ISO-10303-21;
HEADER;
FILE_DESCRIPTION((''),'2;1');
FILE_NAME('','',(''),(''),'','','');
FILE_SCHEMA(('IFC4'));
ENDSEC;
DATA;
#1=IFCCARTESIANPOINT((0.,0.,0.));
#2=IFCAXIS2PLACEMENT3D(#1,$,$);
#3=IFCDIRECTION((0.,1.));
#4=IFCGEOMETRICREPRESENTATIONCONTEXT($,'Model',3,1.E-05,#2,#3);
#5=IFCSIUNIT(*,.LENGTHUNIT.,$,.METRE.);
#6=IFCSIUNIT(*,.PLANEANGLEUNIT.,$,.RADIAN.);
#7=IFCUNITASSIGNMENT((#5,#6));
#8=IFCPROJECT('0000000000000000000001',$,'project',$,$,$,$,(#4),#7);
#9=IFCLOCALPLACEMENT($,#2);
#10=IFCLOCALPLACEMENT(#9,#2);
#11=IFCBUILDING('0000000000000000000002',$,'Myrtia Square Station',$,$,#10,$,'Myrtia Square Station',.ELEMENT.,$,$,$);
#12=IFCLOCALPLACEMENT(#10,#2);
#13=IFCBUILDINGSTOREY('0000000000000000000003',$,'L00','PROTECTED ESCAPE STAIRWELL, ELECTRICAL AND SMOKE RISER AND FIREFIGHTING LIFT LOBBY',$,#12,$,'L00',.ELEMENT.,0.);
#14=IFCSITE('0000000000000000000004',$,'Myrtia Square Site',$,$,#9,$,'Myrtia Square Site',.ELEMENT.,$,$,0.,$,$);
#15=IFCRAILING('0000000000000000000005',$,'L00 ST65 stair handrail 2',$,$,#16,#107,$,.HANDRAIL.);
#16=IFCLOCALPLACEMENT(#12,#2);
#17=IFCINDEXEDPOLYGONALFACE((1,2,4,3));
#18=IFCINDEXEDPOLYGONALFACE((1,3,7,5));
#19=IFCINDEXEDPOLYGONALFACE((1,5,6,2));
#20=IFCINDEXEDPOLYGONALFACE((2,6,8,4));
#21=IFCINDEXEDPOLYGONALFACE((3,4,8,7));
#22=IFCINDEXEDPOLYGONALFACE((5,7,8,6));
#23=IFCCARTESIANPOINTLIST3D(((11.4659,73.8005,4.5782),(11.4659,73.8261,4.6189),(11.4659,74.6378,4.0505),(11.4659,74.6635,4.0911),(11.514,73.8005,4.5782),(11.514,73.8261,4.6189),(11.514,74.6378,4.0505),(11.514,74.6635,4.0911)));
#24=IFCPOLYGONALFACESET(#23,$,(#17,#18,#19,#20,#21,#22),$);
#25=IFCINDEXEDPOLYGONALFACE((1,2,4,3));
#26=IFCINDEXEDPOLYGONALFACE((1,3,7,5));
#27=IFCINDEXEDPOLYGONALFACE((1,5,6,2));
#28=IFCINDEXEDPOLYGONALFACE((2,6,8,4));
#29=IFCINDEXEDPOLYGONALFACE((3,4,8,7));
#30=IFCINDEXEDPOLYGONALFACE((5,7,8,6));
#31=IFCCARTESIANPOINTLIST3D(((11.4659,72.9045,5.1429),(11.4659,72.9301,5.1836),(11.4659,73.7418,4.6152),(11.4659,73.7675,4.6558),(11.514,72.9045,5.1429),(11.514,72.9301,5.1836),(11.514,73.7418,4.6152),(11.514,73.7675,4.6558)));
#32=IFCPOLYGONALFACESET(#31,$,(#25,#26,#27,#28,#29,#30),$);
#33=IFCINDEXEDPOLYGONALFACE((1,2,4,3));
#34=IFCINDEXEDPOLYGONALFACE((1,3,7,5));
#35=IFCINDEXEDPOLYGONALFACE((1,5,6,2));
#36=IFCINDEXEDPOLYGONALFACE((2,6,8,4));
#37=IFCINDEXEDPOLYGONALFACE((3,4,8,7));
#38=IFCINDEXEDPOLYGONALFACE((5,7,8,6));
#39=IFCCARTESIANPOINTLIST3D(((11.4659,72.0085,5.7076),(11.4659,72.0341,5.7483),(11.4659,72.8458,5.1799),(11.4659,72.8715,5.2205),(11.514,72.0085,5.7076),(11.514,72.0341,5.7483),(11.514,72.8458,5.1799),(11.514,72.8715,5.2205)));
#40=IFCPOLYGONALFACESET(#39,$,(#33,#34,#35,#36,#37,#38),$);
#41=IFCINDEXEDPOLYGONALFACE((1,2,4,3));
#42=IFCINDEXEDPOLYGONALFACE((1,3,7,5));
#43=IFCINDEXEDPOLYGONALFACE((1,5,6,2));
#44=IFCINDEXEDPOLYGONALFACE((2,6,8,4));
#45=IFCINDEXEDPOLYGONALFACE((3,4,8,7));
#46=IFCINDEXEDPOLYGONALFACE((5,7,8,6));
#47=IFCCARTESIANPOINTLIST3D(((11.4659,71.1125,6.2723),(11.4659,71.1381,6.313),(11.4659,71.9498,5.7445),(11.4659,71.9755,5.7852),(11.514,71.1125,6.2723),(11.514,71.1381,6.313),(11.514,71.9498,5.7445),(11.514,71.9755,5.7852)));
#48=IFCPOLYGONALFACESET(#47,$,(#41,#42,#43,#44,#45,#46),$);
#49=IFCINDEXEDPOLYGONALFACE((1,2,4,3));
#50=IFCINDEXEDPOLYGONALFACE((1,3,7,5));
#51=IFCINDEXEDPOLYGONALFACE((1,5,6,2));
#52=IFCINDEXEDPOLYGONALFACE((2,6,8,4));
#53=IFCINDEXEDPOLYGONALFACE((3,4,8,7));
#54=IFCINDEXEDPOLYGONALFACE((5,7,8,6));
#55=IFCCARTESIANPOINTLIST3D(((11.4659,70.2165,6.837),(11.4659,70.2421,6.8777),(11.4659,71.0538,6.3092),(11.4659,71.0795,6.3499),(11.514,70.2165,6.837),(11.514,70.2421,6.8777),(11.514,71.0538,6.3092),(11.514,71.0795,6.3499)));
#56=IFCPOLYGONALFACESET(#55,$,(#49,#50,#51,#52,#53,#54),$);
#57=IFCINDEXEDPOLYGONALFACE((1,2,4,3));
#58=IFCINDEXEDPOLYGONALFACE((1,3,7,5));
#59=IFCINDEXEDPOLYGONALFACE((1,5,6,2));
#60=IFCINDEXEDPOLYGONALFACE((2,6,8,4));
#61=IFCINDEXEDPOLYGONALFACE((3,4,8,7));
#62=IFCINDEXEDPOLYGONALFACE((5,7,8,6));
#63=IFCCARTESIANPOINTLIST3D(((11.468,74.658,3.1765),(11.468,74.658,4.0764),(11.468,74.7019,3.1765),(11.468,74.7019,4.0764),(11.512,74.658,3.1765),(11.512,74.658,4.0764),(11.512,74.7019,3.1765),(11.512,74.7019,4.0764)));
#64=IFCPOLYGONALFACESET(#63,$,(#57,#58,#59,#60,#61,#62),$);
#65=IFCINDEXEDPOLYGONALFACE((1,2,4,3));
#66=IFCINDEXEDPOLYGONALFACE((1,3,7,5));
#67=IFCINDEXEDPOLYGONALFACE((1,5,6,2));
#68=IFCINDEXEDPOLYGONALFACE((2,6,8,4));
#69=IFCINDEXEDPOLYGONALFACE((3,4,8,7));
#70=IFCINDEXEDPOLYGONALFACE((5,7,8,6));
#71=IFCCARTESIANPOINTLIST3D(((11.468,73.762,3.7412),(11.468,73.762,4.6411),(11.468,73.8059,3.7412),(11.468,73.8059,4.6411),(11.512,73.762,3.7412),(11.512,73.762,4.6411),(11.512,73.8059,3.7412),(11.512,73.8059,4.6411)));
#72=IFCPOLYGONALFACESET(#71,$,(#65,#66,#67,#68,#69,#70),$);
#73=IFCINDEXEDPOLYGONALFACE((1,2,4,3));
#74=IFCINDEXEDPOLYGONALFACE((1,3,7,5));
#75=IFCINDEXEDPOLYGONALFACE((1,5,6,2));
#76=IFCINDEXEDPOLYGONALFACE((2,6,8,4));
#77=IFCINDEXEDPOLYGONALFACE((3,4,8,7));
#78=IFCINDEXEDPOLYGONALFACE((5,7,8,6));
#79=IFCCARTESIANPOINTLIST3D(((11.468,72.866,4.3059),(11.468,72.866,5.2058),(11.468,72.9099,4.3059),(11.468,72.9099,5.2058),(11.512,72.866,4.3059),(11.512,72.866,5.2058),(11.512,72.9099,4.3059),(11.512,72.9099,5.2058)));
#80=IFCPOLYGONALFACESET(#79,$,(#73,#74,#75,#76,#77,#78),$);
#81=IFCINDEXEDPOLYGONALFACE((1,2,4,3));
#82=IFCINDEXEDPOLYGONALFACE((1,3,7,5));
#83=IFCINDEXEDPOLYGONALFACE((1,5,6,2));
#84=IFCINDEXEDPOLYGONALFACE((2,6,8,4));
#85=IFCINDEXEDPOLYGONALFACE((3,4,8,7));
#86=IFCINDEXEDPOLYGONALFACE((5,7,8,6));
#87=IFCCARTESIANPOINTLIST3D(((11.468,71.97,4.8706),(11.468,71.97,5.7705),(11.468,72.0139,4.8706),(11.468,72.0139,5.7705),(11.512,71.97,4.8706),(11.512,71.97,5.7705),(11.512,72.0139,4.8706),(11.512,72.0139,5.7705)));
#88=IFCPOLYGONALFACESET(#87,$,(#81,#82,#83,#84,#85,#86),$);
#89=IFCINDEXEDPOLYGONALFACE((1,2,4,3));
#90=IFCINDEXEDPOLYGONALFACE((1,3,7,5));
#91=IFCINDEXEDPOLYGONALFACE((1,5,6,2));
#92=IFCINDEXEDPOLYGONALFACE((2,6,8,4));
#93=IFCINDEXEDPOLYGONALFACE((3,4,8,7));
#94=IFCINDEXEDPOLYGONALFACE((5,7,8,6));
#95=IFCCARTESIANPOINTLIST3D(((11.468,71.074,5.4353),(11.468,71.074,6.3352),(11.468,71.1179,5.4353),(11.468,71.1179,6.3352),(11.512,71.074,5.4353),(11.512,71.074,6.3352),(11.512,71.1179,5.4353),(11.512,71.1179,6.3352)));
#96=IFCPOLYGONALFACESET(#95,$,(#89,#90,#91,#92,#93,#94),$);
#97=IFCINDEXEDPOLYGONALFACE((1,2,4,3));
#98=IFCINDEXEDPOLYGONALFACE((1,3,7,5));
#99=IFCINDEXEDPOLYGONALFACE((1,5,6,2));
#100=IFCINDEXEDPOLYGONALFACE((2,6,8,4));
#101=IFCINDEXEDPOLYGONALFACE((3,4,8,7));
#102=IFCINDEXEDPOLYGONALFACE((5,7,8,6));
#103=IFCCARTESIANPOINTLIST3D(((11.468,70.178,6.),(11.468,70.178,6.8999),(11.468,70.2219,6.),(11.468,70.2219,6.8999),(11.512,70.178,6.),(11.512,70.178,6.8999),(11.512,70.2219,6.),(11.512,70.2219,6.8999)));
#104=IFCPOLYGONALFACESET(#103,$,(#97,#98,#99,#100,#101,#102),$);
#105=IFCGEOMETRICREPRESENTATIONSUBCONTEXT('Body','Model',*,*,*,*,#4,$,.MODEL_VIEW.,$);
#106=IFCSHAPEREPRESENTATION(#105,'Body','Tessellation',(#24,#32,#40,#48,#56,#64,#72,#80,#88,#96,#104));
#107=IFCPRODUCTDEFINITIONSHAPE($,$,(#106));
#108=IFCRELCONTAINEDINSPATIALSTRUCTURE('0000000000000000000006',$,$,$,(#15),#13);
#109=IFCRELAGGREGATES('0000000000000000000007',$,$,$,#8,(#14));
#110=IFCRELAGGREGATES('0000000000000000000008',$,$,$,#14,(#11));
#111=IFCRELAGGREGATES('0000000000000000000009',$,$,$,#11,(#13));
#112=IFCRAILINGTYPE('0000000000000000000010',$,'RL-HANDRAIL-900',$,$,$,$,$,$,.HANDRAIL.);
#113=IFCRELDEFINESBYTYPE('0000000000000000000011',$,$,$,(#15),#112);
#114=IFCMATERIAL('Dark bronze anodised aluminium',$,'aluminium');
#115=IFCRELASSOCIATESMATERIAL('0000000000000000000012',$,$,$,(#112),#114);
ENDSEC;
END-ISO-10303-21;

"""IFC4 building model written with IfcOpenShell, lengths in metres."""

from ifc_helpers import new_model, si_unit, direction, frame, origin, origin_2d, place, context, subcontext, project, spatial, rectangle, extrude, material, type_object, element, save


model = new_model("IFC4")

# Units and contexts
model_context = context("Model", 3, precision=1e-05, world=origin(), true_north=direction((0.0, 1.0)))
body_context = subcontext(model_context, "Body", "Model", "MODEL_VIEW")
ifc_project = project(units=[si_unit("LENGTHUNIT", "METRE"), si_unit("PLANEANGLEUNIT", "RADIAN")], contexts=[model_context])

# Site, building, storey
site_placement = place(None, origin())
site = spatial("IfcSite", under=ifc_project, at=site_placement, Name="Myrtia Square Site", LongName="Myrtia Square Site", CompositionType="ELEMENT", RefElevation=0.0)
building_placement = place(site_placement, origin())
building = spatial("IfcBuilding", under=site, at=building_placement, Name="Myrtia Square Station", LongName="Myrtia Square Station", CompositionType="ELEMENT")
storey_placement = place(building_placement, origin())
storey = spatial("IfcBuildingStorey", under=building, at=storey_placement, Name="L00", Description="PROTECTED ESCAPE STAIRWELL, ELECTRICAL AND SMOKE RISER AND FIREFIGHTING LIFT LOBBY", LongName="L00", CompositionType="ELEMENT", Elevation=0.0)

# Shared definitions
ifc_material_1 = material(Name="Dark bronze anodised aluminium", Category="aluminium")

# Railing
railing_type_1 = type_object("IfcRailingType", Name="RL-HANDRAIL-900", PredefinedType="HANDRAIL", material=ifc_material_1)
railing_1_placement = place(storey_placement, frame((11.49, 74.6799, 3.1765)))
element("IfcRailing", 1, at=railing_1_placement, inside=storey, type_object=railing_type_1, Name="L00 ST65 stair handrail 2", PredefinedType="HANDRAIL", context=body_context, shape_type="SweptSolid", body=[
    extrude(rectangle(XDim=0.0481, YDim=0.0481, at=origin_2d()), frame((0.0, -0.0293, 0.8943), z_axis=(0.0, -0.845998, 0.533186), x_axis=(1.0, 0.0, 0.0)), (0.0, 0.0, 1.0), 0.9897),
    extrude(rectangle(XDim=0.0481, YDim=0.0481, at=origin_2d()), frame((0.0, -0.9253, 1.459), z_axis=(0.0, -0.845998, 0.533186), x_axis=(1.0, 0.0, 0.0)), (0.0, 0.0, 1.0), 0.9897),
    extrude(rectangle(XDim=0.0481, YDim=0.0481, at=origin_2d()), frame((0.0, -1.8213, 2.0237), z_axis=(0.0, -0.845998, 0.533186), x_axis=(1.0, 0.0, 0.0)), (0.0, 0.0, 1.0), 0.9897),
    extrude(rectangle(XDim=0.0481, YDim=0.0481, at=origin_2d()), frame((0.0, -2.7173, 2.5884), z_axis=(0.0, -0.845998, 0.533186), x_axis=(1.0, 0.0, 0.0)), (0.0, 0.0, 1.0), 0.9897),
    extrude(rectangle(XDim=0.0481, YDim=0.0481, at=origin_2d()), frame((0.0, -3.6133, 3.1531), z_axis=(0.0, -0.845998, 0.533186), x_axis=(1.0, 0.0, 0.0)), (0.0, 0.0, 1.0), 0.9897),
    extrude(rectangle(XDim=0.0439, YDim=0.0439, at=origin_2d()), origin(), (0.0, 0.0, 1.0), 0.8999),
    extrude(rectangle(XDim=0.0439, YDim=0.0439, at=origin_2d()), frame((0.0, -0.896, 0.5647)), (0.0, 0.0, 1.0), 0.8999),
    extrude(rectangle(XDim=0.0439, YDim=0.0439, at=origin_2d()), frame((0.0, -1.792, 1.1294)), (0.0, 0.0, 1.0), 0.8999),
    extrude(rectangle(XDim=0.0439, YDim=0.0439, at=origin_2d()), frame((0.0, -2.688, 1.6941)), (0.0, 0.0, 1.0), 0.8999),
    extrude(rectangle(XDim=0.0439, YDim=0.0439, at=origin_2d()), frame((0.0, -3.584, 2.2588)), (0.0, 0.0, 1.0), 0.8999),
    extrude(rectangle(XDim=0.0439, YDim=0.0439, at=origin_2d()), frame((0.0, -4.48, 2.8235)), (0.0, 0.0, 1.0), 0.8999),
])

save(model, "model.ifc")
